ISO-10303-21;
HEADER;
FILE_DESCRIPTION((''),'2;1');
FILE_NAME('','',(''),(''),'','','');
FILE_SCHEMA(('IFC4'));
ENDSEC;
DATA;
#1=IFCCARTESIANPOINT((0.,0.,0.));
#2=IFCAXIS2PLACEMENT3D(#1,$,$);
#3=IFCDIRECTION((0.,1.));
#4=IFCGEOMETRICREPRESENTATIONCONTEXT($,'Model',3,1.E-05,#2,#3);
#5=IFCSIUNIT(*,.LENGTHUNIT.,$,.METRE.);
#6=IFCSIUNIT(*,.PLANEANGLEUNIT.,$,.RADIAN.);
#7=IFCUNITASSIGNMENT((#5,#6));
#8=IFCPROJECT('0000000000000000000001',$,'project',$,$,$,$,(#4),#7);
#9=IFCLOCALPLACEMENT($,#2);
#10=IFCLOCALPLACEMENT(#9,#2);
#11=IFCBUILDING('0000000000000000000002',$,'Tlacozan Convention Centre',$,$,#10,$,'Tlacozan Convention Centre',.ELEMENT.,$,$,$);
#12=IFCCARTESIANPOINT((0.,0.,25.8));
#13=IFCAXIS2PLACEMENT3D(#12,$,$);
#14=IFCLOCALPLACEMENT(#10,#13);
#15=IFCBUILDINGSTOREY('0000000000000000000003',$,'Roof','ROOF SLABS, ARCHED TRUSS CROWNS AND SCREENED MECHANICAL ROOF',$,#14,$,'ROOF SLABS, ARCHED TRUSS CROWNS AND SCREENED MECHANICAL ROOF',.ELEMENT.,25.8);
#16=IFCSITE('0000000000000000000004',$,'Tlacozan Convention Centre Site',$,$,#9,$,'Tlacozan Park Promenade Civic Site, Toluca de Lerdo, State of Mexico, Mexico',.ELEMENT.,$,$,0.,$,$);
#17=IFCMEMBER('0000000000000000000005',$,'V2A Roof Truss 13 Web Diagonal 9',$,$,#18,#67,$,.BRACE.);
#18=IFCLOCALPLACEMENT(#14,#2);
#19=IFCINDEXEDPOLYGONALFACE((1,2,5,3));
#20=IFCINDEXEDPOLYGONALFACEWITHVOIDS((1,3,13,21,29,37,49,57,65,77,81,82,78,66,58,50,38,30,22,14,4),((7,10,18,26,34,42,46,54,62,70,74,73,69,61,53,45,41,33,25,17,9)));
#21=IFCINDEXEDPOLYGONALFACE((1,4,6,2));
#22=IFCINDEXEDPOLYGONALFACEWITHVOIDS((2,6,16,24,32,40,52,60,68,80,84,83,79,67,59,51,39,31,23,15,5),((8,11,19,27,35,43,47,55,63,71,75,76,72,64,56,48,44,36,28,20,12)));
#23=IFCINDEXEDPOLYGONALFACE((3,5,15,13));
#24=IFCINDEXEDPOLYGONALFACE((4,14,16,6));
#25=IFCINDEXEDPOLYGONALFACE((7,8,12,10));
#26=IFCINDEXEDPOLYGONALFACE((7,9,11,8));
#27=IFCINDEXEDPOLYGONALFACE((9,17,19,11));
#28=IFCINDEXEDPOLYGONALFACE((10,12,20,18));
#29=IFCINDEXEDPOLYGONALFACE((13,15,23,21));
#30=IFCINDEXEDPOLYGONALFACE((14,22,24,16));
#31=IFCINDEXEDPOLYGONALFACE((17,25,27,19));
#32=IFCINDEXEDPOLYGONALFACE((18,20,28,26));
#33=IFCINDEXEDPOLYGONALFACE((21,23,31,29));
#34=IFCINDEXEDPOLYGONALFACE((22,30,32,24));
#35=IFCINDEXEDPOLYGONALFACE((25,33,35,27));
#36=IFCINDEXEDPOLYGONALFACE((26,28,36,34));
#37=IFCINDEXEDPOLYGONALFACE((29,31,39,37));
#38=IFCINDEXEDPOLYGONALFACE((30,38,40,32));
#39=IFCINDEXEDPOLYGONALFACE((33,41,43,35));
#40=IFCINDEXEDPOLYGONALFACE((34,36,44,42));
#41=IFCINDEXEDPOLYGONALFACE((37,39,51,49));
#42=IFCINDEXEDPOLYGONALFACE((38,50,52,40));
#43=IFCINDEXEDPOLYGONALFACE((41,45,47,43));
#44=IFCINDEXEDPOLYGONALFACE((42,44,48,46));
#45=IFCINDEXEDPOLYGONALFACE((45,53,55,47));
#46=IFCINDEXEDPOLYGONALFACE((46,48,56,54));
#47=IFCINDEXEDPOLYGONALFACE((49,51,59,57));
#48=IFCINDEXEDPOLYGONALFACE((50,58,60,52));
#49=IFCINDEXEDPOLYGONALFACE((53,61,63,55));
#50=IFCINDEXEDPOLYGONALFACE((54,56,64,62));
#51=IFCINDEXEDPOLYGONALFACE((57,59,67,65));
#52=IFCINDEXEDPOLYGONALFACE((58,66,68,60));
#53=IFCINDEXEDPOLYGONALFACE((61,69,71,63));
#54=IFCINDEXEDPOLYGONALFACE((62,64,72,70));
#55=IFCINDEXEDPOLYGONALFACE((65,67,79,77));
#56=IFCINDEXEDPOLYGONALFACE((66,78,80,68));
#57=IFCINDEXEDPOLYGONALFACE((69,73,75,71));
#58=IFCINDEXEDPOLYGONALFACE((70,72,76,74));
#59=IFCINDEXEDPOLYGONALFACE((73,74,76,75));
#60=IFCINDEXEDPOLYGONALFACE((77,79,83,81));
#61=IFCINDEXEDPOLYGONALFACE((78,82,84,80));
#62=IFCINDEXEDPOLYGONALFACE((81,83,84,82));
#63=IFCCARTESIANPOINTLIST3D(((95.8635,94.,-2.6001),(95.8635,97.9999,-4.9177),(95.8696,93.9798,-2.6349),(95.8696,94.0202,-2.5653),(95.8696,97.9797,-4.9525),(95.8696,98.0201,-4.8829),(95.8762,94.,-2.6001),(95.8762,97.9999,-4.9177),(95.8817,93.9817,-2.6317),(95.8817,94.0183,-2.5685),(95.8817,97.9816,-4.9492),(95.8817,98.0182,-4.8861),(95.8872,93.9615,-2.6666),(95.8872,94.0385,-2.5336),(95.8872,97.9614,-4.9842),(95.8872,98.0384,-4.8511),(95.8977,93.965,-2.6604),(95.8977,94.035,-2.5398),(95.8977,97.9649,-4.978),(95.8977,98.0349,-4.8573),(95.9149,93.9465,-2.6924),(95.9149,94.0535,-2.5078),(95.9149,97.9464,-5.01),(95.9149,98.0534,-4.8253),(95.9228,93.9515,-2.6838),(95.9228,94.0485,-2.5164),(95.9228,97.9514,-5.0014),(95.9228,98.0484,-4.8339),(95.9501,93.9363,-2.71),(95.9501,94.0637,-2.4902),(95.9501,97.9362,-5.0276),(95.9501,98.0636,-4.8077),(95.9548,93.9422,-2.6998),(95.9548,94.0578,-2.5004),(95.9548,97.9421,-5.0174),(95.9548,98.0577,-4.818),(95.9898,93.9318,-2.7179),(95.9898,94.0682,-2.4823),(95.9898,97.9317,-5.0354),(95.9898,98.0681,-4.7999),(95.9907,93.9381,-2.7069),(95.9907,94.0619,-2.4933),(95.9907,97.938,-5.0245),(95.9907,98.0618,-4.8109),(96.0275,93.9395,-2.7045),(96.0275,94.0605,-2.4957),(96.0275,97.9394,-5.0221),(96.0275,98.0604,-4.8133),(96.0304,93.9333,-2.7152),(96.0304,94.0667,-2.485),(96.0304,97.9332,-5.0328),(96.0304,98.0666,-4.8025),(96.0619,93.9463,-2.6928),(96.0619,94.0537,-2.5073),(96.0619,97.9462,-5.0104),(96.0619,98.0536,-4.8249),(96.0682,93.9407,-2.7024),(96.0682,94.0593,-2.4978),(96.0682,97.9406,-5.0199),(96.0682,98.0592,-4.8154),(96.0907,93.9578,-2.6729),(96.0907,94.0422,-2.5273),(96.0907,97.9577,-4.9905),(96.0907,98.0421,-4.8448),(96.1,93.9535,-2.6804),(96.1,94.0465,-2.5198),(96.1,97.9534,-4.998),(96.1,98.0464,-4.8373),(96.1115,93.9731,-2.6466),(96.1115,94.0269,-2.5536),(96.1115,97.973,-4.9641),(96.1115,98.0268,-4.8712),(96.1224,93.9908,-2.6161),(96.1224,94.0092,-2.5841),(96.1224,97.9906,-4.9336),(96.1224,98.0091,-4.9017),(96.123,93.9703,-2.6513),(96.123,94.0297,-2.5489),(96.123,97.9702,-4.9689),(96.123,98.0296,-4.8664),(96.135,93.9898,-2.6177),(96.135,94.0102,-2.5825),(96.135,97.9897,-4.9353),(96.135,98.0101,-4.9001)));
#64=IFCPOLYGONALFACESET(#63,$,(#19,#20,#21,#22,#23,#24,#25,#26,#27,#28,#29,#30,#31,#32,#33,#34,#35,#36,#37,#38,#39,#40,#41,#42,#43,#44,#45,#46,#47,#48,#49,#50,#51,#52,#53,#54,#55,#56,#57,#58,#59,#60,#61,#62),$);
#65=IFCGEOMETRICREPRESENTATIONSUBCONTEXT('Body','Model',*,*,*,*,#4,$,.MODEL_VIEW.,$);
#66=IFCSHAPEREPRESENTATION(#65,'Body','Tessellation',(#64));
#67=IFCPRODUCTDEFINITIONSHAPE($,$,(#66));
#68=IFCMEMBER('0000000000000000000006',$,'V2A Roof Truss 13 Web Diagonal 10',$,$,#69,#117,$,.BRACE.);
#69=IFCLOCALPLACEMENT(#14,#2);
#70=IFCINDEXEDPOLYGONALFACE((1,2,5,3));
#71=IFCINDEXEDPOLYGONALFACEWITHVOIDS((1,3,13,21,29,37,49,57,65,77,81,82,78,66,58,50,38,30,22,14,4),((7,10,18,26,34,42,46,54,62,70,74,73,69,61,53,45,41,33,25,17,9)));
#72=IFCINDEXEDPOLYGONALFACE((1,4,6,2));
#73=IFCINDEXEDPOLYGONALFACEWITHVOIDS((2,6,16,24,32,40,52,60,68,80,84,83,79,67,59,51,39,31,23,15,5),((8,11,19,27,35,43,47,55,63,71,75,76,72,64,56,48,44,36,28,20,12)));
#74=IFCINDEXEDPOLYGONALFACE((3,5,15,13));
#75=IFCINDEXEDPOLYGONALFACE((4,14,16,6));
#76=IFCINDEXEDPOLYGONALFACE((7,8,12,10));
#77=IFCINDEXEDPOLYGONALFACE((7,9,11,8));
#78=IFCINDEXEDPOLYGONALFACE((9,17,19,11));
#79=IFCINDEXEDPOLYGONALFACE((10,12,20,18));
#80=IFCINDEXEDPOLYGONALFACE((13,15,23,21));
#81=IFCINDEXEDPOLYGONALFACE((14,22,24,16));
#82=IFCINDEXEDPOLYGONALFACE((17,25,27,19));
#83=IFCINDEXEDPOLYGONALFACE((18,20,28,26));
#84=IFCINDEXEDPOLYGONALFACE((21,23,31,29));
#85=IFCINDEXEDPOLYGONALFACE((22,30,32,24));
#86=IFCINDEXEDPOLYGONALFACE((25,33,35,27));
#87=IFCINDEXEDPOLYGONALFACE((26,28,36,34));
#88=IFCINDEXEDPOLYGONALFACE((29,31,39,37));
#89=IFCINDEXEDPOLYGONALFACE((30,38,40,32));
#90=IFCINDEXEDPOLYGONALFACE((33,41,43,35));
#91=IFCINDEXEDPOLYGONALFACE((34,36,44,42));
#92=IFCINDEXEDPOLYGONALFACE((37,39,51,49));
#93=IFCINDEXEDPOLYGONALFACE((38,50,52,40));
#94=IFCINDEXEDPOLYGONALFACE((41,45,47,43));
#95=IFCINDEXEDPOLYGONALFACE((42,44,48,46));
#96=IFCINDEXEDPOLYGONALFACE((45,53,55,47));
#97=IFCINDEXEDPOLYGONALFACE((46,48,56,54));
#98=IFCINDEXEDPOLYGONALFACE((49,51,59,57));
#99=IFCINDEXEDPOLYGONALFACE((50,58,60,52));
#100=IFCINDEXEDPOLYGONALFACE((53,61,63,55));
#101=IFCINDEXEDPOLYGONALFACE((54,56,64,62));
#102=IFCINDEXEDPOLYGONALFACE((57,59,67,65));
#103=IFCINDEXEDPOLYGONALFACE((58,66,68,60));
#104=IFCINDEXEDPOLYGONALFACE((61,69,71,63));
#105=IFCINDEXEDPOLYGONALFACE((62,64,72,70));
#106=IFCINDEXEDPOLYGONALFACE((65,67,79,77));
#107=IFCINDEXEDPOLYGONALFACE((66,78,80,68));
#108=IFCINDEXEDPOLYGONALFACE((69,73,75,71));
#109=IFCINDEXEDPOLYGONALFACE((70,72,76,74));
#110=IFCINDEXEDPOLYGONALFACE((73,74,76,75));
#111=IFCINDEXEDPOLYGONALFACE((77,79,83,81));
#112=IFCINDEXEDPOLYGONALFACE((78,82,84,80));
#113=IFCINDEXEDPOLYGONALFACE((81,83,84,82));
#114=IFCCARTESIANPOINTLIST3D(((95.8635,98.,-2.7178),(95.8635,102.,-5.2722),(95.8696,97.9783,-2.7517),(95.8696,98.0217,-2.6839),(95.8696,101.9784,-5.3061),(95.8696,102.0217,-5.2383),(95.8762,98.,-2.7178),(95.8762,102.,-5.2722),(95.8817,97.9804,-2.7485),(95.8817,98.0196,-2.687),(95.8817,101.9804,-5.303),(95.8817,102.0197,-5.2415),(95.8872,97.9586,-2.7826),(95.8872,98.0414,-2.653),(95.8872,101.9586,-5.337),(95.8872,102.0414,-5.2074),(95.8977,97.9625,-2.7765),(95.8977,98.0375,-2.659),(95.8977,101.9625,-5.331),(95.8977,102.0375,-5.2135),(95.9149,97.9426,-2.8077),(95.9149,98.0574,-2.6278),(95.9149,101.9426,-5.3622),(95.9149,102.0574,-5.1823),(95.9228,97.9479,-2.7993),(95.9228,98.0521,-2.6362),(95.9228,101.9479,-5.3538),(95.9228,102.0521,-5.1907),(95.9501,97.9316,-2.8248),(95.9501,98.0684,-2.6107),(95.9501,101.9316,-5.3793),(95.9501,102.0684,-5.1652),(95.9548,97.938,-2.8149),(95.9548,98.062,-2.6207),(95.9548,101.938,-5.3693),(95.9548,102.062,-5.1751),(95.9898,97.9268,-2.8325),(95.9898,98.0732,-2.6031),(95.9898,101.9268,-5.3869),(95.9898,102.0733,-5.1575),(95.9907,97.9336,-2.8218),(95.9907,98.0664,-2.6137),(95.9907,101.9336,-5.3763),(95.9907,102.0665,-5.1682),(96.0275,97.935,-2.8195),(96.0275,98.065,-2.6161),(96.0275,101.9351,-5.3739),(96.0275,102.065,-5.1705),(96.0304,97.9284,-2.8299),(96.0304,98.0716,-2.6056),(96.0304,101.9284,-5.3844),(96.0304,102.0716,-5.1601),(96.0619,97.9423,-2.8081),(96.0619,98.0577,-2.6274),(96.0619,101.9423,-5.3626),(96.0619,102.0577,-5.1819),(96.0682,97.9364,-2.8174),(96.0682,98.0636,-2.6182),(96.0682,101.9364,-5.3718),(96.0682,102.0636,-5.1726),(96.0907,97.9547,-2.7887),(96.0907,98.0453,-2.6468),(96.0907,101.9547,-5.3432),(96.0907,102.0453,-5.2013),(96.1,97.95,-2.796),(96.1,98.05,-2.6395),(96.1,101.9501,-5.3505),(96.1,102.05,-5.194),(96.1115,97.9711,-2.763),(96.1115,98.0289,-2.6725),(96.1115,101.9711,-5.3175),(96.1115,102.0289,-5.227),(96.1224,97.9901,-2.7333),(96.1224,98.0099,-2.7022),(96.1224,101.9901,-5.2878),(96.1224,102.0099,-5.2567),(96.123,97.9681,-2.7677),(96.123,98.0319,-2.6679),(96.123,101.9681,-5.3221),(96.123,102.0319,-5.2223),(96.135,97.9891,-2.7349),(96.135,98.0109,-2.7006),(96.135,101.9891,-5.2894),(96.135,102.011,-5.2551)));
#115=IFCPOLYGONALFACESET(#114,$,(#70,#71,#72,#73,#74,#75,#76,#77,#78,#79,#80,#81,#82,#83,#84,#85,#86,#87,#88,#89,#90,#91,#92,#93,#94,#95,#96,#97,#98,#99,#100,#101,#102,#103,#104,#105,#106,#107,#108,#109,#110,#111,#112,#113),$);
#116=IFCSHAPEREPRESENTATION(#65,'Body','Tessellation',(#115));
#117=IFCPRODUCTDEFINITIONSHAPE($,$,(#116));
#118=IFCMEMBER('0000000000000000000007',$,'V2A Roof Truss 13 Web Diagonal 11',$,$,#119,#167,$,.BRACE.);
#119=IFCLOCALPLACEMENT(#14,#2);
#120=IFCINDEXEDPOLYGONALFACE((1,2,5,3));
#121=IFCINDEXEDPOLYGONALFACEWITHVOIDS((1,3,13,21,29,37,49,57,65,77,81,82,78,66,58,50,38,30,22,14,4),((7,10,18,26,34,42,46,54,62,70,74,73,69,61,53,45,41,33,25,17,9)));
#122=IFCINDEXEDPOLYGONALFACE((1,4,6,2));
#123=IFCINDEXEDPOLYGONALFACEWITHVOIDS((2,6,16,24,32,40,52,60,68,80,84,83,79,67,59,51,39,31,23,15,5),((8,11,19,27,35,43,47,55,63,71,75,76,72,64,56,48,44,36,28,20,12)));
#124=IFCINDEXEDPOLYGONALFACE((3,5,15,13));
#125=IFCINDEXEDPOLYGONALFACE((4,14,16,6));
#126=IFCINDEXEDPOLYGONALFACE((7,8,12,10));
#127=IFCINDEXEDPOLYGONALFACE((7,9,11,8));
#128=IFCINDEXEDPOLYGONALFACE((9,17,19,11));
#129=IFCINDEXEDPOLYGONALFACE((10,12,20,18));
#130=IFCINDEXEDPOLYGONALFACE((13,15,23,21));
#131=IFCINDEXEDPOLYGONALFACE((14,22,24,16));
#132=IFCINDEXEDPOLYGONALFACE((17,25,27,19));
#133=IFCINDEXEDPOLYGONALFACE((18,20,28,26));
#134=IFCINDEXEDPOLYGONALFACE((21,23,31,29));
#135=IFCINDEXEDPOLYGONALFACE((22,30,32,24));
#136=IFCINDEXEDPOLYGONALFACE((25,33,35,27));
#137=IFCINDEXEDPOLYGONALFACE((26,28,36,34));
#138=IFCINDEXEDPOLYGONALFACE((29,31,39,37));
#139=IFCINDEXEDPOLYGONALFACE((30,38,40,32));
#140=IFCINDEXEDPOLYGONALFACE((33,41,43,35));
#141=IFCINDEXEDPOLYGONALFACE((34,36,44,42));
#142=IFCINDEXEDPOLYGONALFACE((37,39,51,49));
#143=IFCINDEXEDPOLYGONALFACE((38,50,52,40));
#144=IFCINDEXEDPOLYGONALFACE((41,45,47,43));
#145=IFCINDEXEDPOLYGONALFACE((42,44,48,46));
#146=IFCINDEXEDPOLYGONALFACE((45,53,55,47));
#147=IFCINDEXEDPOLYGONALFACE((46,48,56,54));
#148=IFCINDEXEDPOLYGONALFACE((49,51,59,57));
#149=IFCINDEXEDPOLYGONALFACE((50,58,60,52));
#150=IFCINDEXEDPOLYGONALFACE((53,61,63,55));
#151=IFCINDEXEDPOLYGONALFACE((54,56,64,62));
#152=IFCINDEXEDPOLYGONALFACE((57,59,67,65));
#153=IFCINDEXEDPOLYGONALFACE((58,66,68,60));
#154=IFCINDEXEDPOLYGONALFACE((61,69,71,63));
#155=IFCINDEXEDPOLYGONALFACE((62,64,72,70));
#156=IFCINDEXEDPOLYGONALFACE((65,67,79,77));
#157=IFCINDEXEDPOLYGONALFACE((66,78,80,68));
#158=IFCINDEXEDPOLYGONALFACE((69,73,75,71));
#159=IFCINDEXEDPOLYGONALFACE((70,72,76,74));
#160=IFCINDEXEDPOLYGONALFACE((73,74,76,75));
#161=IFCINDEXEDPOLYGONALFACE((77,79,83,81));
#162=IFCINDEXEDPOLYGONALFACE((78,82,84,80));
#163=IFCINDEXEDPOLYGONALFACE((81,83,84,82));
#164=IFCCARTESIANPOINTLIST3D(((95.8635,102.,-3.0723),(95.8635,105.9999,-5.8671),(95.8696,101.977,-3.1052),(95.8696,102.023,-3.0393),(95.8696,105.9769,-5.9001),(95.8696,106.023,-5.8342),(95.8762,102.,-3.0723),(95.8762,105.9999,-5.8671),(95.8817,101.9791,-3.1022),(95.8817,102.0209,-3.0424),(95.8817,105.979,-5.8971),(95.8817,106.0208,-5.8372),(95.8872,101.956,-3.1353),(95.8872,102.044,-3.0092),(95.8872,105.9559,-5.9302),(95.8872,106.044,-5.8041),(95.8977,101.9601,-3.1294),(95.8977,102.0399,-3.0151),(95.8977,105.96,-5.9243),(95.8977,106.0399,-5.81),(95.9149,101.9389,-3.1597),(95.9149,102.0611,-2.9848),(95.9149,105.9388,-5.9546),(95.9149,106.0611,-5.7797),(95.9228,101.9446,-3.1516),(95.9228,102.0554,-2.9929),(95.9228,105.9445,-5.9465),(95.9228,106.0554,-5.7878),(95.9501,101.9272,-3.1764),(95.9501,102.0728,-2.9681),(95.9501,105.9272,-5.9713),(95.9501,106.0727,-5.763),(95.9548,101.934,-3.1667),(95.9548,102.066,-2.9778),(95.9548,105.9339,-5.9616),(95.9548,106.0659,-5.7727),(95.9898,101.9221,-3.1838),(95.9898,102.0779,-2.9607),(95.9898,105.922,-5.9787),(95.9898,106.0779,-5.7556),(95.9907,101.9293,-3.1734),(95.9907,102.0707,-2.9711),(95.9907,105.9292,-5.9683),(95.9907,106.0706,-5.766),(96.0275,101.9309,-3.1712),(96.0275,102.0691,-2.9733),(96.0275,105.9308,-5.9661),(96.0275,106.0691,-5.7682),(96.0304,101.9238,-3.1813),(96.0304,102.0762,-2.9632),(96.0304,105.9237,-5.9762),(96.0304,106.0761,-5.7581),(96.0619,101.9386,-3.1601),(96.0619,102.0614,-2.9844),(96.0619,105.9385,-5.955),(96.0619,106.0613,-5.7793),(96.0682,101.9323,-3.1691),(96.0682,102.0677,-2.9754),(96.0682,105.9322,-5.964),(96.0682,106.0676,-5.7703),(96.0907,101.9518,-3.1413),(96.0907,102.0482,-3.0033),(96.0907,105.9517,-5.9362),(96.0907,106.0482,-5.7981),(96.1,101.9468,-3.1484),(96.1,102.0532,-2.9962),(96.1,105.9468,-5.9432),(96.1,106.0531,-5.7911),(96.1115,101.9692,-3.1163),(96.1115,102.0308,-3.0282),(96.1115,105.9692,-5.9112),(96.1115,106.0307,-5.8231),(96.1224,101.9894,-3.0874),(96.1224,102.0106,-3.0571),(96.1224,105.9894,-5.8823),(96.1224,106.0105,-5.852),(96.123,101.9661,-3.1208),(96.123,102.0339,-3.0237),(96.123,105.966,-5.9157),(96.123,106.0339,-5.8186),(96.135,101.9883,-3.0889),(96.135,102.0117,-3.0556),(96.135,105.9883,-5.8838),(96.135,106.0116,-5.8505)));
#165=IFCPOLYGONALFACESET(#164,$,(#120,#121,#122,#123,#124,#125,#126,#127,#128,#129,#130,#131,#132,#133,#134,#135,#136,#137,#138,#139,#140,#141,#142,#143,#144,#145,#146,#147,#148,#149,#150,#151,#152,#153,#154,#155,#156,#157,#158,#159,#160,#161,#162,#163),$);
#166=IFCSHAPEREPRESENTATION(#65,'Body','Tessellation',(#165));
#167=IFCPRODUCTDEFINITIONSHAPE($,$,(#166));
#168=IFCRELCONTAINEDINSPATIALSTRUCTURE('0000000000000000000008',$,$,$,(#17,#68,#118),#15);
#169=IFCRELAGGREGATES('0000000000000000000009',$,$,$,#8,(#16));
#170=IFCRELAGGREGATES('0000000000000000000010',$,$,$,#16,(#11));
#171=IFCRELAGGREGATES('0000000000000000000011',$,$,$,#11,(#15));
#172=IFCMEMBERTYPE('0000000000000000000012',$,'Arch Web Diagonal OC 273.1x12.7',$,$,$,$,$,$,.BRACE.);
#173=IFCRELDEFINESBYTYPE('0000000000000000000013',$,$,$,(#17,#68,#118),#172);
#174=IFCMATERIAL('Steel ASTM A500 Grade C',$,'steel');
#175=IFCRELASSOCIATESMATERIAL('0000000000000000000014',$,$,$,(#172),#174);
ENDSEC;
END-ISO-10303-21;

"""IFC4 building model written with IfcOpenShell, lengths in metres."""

from ifc_helpers import new_model, si_unit, direction, frame, origin, origin_2d, place, context, subcontext, project, spatial, hollow_circle, extrude, material, material_profile, profile_set, type_object, element, save


model = new_model("IFC4")

# Units and contexts
model_context = context("Model", 3, precision=1e-05, world=origin(), true_north=direction((0.0, 1.0)))
body_context = subcontext(model_context, "Body", "Model", "MODEL_VIEW")
ifc_project = project(units=[si_unit("LENGTHUNIT", "METRE"), si_unit("PLANEANGLEUNIT", "RADIAN")], contexts=[model_context])

# Site, building, storey
site_placement = place(None, origin())
site = spatial("IfcSite", under=ifc_project, at=site_placement, Name="Tlacozan Convention Centre Site", LongName="Tlacozan Park Promenade Civic Site, Toluca de Lerdo, State of Mexico, Mexico", CompositionType="ELEMENT", RefElevation=0.0)
building_placement = place(site_placement, origin())
building = spatial("IfcBuilding", under=site, at=building_placement, Name="Tlacozan Convention Centre", LongName="Tlacozan Convention Centre", CompositionType="ELEMENT")
storey_placement = place(building_placement, frame((0.0, 0.0, 25.8)))
storey = spatial("IfcBuildingStorey", under=building, at=storey_placement, Name="Roof", Description="ROOF SLABS, ARCHED TRUSS CROWNS AND SCREENED MECHANICAL ROOF", LongName="ROOF SLABS, ARCHED TRUSS CROWNS AND SCREENED MECHANICAL ROOF", CompositionType="ELEMENT", Elevation=25.8)

# Members
ifc_material_1 = material(Name="Steel ASTM A500 Grade C", Category="steel")
ifc_material_profile_1 = material_profile(ifc_material_1, hollow_circle(Radius=0.1365, WallThickness=0.0127, at=origin_2d()), Name="OC 273.1x12.7")
ifc_profile_set_1 = profile_set([ifc_material_profile_1], Name="Steel ASTM A500 Grade C")
member_type_1 = type_object("IfcMemberType", Name="Arch Web Diagonal OC 273.1x12.7", PredefinedType="BRACE", material=ifc_profile_set_1)
member_1_placement = place(storey_placement, frame((96.0, 94.0, -2.6001), z_axis=(0.0, 0.865254, -0.501334), x_axis=(-1.0, 0.0, 0.0)))
element("IfcMember", 1, at=member_1_placement, inside=storey, type_object=member_type_1, Name="V2A Roof Truss 13 Web Diagonal 9", PredefinedType="BRACE", context=body_context, shape_type="SweptSolid", body=[
    extrude(hollow_circle(Radius=0.1365, WallThickness=0.0127, at=origin_2d()), origin(), (0.0, 0.0, 1.0), 4.6228),
])
member_2_placement = place(storey_placement, frame((96.0, 98.0, -2.7178), z_axis=(0.0, 0.842803, -0.538223), x_axis=(-1.0, 0.0, 0.0)))
element("IfcMember", 2, at=member_2_placement, inside=storey, type_object=member_type_1, Name="V2A Roof Truss 13 Web Diagonal 10", PredefinedType="BRACE", context=body_context, shape_type="SweptSolid", body=[
    extrude(hollow_circle(Radius=0.1365, WallThickness=0.0127, at=origin_2d()), origin(), (0.0, 0.0, 1.0), 4.7461),
])
member_3_placement = place(storey_placement, frame((96.0, 102.0, -3.0723), z_axis=(0.0, 0.819721, -0.572764), x_axis=(-1.0, 0.0, 0.0)))
element("IfcMember", 3, at=member_3_placement, inside=storey, type_object=member_type_1, Name="V2A Roof Truss 13 Web Diagonal 11", PredefinedType="BRACE", context=body_context, shape_type="SweptSolid", body=[
    extrude(hollow_circle(Radius=0.1365, WallThickness=0.0127, at=origin_2d()), origin(), (0.0, 0.0, 1.0), 4.8796),
])

save(model, "model.ifc")
